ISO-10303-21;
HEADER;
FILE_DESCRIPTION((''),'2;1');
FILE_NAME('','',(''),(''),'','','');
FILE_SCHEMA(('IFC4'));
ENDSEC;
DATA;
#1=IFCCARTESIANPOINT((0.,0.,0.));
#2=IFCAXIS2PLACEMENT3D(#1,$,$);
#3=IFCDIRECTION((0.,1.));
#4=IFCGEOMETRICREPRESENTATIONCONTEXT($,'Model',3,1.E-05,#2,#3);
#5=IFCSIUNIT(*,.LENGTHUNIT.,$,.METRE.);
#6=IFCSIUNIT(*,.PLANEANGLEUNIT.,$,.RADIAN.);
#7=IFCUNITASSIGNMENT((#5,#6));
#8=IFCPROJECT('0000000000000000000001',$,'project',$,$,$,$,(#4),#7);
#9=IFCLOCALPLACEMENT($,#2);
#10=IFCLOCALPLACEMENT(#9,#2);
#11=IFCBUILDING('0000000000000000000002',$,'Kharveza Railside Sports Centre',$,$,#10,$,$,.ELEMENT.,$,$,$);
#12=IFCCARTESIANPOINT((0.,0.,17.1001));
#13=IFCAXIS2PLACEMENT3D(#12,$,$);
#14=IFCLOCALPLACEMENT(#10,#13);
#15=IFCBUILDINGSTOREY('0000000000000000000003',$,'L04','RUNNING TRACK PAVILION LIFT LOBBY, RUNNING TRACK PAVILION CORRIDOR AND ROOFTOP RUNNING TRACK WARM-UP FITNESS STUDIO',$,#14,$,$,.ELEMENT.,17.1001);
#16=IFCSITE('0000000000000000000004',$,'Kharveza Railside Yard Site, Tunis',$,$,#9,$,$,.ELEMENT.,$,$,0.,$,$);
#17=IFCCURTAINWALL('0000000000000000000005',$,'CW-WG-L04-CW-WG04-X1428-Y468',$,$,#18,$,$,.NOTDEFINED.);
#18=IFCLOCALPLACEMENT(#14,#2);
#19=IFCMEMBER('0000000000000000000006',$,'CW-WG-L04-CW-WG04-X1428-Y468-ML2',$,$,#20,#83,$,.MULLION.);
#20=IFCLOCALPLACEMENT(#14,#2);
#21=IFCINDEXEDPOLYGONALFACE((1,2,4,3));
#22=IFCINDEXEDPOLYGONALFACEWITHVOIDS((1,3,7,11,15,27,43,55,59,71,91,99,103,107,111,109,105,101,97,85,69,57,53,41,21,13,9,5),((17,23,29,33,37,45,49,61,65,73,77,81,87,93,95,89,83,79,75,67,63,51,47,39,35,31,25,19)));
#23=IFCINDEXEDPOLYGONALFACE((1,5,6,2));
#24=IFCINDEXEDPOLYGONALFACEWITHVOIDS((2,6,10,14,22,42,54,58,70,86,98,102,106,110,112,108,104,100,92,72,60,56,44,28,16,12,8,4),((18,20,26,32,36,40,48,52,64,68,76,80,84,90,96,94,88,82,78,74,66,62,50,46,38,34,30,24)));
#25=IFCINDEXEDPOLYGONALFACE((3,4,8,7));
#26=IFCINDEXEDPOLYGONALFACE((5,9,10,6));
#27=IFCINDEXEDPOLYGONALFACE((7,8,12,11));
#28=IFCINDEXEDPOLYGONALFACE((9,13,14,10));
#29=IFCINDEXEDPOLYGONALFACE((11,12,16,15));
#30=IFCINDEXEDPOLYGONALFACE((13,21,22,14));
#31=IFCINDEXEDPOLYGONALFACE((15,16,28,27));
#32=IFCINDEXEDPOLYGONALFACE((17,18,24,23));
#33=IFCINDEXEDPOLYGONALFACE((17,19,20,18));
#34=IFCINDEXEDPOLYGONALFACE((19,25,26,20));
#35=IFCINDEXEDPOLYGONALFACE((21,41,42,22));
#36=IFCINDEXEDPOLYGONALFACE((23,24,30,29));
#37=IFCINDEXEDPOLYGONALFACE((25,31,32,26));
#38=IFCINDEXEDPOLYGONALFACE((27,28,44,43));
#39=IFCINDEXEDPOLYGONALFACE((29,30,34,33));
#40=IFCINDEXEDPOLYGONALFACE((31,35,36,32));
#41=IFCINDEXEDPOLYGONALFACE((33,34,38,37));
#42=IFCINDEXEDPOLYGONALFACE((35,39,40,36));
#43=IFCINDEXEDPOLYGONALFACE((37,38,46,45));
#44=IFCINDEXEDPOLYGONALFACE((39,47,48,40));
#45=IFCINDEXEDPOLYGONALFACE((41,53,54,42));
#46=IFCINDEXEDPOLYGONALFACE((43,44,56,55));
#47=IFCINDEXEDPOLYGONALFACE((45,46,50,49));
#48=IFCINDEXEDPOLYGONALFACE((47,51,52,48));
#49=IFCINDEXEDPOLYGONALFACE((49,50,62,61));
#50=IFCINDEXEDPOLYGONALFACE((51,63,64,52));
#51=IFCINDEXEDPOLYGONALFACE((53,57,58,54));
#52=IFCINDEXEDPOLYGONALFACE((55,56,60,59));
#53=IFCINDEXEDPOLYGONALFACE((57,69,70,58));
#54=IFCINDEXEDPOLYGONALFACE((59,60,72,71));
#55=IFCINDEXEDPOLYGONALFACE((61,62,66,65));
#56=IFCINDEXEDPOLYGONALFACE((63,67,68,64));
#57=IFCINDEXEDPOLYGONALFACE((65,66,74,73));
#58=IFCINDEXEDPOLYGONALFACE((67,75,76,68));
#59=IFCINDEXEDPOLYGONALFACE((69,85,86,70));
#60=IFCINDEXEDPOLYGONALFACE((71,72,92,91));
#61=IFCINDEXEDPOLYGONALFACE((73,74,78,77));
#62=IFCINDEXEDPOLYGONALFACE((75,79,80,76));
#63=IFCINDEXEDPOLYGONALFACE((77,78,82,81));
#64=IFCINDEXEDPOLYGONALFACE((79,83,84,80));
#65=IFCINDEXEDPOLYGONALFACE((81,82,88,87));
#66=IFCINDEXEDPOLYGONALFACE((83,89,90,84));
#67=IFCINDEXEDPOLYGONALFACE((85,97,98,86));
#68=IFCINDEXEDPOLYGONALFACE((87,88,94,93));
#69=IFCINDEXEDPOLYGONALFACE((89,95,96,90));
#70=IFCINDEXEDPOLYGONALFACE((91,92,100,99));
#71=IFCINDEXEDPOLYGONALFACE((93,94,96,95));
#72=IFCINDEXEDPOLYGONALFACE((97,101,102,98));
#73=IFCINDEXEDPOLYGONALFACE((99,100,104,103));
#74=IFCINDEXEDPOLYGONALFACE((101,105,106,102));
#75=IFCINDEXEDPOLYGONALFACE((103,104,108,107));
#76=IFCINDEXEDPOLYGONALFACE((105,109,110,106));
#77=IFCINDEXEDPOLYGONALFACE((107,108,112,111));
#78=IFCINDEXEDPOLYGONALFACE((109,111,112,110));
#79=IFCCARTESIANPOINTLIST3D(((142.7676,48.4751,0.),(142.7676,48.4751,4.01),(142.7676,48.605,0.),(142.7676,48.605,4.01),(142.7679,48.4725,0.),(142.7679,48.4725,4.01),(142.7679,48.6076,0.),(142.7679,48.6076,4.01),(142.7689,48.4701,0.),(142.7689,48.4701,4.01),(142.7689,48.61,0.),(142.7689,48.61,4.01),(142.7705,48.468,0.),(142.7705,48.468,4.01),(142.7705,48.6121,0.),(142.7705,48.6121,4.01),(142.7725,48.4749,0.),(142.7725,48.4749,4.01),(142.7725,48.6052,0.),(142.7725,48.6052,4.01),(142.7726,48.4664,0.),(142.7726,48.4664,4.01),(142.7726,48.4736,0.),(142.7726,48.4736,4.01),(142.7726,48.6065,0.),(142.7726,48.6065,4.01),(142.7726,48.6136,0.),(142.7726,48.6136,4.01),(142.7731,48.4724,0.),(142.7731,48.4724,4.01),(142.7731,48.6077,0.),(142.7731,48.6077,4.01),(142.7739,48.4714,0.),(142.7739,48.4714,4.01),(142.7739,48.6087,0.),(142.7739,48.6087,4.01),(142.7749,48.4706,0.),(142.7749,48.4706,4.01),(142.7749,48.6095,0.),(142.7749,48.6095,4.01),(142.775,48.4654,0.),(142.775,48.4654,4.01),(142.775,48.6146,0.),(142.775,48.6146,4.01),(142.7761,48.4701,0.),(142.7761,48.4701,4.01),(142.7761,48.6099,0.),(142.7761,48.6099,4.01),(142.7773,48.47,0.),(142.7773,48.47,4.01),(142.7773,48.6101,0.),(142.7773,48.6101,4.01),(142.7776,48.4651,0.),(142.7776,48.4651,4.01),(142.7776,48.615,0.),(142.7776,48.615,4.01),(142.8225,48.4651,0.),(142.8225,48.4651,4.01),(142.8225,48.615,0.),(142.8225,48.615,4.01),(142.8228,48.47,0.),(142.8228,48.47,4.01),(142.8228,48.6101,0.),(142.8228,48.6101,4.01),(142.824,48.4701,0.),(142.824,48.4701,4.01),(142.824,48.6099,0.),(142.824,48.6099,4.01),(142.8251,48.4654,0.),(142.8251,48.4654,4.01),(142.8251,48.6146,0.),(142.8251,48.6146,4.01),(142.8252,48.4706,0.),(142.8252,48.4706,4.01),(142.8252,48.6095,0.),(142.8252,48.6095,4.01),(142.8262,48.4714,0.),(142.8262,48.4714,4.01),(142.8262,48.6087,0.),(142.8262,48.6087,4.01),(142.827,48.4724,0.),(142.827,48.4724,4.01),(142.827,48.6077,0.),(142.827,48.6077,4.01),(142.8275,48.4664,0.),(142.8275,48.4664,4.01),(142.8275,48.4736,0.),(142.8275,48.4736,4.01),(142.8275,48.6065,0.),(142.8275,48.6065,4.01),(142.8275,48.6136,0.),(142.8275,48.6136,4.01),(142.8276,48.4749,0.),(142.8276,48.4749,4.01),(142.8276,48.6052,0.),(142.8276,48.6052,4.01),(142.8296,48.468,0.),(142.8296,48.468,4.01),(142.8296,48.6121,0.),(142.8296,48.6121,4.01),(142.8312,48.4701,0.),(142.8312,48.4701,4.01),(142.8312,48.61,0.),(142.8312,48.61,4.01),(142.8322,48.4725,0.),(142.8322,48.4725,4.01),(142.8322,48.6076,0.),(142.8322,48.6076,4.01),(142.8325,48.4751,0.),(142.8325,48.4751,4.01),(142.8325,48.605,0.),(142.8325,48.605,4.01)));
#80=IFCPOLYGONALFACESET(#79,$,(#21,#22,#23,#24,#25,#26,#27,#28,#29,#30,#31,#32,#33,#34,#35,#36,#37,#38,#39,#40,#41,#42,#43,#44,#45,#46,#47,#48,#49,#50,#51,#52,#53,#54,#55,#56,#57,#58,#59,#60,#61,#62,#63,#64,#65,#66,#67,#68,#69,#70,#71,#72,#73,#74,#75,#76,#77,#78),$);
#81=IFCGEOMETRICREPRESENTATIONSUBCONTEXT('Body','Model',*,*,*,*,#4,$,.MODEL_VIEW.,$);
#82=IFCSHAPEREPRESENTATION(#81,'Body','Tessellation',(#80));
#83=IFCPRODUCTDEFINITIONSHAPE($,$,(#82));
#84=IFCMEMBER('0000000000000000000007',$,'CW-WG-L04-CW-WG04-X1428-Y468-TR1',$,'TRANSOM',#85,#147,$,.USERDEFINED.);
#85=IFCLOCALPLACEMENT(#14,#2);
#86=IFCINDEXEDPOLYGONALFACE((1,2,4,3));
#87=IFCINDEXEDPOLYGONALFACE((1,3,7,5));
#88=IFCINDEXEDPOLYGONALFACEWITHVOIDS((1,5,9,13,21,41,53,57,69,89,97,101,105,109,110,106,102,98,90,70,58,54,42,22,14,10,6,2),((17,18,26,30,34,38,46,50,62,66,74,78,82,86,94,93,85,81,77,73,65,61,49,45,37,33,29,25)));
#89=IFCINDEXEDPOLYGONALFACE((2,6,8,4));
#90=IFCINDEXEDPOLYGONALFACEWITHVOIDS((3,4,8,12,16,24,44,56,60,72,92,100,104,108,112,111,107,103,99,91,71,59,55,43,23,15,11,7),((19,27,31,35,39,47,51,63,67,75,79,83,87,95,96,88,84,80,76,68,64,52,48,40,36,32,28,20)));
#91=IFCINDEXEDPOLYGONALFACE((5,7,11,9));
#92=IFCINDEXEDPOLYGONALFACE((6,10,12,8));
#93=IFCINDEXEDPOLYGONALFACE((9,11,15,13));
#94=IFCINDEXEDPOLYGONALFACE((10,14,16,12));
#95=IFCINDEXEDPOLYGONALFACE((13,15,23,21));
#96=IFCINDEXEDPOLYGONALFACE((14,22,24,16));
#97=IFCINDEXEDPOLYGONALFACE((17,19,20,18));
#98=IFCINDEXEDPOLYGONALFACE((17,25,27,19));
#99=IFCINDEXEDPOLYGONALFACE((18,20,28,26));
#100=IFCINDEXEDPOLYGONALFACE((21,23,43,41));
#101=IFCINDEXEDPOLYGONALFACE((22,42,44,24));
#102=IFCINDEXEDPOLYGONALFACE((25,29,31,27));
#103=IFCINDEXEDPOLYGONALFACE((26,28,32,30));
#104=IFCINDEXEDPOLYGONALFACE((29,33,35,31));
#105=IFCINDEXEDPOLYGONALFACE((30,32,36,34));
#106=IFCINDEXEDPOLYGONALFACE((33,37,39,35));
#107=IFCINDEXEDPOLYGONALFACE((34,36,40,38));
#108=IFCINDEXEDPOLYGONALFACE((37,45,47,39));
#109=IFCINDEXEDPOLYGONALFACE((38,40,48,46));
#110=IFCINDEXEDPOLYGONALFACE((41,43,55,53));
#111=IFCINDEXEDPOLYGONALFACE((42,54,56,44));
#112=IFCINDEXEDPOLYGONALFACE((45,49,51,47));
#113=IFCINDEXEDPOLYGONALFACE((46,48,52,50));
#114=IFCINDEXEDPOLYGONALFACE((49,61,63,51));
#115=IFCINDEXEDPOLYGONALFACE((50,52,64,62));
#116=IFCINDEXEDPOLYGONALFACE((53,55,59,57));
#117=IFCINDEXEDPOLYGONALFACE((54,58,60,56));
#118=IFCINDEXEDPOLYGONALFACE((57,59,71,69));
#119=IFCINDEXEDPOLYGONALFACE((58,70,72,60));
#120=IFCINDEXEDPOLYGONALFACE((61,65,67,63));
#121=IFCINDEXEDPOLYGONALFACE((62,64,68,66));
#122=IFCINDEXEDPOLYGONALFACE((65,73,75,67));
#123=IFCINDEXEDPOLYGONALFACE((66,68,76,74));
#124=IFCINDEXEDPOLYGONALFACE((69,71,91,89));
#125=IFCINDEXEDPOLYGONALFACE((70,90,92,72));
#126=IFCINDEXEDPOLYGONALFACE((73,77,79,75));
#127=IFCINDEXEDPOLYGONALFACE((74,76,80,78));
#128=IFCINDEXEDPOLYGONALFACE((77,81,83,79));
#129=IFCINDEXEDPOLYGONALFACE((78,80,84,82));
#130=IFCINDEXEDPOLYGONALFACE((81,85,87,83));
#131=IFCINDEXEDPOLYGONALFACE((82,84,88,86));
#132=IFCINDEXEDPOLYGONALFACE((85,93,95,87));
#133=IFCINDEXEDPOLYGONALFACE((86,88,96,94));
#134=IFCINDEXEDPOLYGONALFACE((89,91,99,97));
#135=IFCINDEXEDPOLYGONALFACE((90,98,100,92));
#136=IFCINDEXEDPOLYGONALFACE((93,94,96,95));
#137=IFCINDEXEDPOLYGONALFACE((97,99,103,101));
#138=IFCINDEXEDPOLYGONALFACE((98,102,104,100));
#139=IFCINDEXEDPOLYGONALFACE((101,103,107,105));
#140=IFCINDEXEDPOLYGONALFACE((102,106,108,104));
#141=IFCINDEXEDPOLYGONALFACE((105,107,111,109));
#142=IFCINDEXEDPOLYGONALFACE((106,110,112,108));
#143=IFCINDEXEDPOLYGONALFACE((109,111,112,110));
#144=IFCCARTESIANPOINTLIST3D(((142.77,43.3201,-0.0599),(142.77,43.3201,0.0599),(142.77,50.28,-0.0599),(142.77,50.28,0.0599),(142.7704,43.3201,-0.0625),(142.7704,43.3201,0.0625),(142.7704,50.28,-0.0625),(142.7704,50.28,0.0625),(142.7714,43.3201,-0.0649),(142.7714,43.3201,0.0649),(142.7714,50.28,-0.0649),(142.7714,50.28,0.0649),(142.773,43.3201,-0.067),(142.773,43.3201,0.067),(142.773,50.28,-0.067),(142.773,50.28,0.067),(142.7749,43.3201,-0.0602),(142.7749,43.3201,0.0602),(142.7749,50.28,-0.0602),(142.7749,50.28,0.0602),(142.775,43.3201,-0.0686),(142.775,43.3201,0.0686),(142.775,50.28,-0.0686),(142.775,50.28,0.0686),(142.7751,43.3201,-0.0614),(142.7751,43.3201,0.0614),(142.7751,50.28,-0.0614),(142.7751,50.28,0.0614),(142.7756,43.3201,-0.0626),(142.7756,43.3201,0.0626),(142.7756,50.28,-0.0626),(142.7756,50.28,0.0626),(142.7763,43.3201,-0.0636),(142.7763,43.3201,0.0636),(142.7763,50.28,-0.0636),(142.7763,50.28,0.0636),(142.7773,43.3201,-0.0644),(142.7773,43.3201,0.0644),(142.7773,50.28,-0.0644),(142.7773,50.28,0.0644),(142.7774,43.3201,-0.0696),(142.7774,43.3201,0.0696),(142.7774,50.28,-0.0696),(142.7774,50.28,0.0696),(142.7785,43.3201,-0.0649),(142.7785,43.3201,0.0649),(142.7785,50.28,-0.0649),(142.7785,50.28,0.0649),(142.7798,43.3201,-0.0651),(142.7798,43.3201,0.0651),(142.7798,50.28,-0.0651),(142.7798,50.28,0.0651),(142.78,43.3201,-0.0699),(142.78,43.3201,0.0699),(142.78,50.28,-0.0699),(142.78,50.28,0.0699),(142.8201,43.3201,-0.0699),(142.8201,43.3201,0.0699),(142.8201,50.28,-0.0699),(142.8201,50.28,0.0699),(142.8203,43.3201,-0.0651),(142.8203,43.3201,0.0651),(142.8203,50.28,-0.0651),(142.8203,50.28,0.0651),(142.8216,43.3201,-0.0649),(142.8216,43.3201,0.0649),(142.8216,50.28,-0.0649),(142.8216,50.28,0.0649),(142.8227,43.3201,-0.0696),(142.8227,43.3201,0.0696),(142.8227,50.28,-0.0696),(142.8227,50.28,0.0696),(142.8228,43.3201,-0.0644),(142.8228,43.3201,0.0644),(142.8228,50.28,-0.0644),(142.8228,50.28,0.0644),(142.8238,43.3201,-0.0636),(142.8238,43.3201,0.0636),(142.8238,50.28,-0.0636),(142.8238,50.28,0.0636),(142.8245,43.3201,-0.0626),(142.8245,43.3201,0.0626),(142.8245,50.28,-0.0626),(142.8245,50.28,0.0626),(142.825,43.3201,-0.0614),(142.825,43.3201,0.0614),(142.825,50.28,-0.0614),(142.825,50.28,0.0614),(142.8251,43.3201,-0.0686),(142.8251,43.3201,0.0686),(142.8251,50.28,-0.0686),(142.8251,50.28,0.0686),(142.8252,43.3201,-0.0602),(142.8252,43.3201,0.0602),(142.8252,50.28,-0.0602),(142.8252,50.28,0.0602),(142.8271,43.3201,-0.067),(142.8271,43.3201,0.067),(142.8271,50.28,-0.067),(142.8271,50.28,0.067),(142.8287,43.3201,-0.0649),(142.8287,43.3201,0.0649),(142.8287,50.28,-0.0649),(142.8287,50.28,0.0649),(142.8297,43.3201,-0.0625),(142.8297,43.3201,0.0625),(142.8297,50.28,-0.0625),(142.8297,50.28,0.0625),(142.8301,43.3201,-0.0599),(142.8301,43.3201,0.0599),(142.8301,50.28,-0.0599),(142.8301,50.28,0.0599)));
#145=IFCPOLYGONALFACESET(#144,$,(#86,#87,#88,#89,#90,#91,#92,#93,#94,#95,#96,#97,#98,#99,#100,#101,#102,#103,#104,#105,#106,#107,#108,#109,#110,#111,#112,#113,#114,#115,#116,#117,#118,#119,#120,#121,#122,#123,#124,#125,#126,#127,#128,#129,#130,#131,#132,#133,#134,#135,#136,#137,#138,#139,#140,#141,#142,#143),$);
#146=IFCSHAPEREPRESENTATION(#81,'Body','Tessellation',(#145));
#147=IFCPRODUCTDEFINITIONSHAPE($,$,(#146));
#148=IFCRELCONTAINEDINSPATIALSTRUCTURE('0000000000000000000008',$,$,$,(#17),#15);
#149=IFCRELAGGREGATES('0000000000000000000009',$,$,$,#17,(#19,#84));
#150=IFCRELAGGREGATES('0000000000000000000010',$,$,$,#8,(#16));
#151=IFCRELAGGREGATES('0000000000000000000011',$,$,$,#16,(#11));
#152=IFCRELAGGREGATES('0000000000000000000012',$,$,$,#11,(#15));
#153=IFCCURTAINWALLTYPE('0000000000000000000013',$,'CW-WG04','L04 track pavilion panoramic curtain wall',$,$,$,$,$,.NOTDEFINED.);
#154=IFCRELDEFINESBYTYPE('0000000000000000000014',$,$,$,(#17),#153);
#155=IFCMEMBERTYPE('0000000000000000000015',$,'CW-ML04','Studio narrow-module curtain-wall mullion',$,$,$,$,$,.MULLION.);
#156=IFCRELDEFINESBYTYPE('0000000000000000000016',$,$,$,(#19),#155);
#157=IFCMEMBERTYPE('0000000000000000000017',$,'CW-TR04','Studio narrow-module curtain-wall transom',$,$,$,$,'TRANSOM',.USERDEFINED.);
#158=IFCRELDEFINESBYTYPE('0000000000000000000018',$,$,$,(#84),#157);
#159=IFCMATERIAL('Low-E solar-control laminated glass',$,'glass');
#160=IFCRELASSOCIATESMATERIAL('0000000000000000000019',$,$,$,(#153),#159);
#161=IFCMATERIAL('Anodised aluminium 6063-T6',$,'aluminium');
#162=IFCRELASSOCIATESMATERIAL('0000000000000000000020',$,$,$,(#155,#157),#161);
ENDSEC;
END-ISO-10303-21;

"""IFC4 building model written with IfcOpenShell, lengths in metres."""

from ifc_helpers import new_model, si_unit, direction, frame, origin, origin_2d, place, context, subcontext, project, spatial, hollow_rectangle, extrude, material, material_profile, profile_set, type_object, element, aggregate, save


model = new_model("IFC4")

# Units and contexts
model_context = context("Model", 3, precision=1e-05, world=origin(), true_north=direction((0.0, 1.0)))
body_context = subcontext(model_context, "Body", "Model", "MODEL_VIEW")
ifc_project = project(units=[si_unit("LENGTHUNIT", "METRE"), si_unit("PLANEANGLEUNIT", "RADIAN")], contexts=[model_context])

# Site, building, storey
site_placement = place(None, origin())
site = spatial("IfcSite", under=ifc_project, at=site_placement, Name="Kharveza Railside Yard Site, Tunis", CompositionType="ELEMENT", RefElevation=0.0)
building_placement = place(site_placement, origin())
building = spatial("IfcBuilding", under=site, at=building_placement, Name="Kharveza Railside Sports Centre", CompositionType="ELEMENT")
storey_placement = place(building_placement, frame((0.0, 0.0, 17.1001)))
storey = spatial("IfcBuildingStorey", under=building, at=storey_placement, Name="L04", Description="RUNNING TRACK PAVILION LIFT LOBBY, RUNNING TRACK PAVILION CORRIDOR AND ROOFTOP RUNNING TRACK WARM-UP FITNESS STUDIO", CompositionType="ELEMENT", Elevation=17.1001)

# Shared definitions
ifc_material_1 = material(Name="Low-E solar-control laminated glass", Category="glass")
curtain_wall_type = type_object("IfcCurtainWallType", Name="CW-WG04", Description="L04 track pavilion panoramic curtain wall", PredefinedType="NOTDEFINED", material=ifc_material_1)
ifc_material_2 = material(Name="Anodised aluminium 6063-T6", Category="aluminium")
ifc_material_profile_1 = material_profile(ifc_material_2, hollow_rectangle(XDim=0.0649, YDim=0.1499, WallThickness=0.0049, InnerFilletRadius=0.0049, OuterFilletRadius=0.01, at=origin_2d()), Name="RHS 65x150x5.0")
ifc_profile_set_1 = profile_set([ifc_material_profile_1], Name="Anodised aluminium 6063-T6")
member_type_1 = type_object("IfcMemberType", Name="CW-ML04", Description="Studio narrow-module curtain-wall mullion", PredefinedType="MULLION", material=ifc_profile_set_1)

# Curtain wall, members
curtain_wall_1_placement = place(storey_placement, origin())
curtain_wall_1 = element("IfcCurtainWall", 1, at=curtain_wall_1_placement, inside=storey, type_object=curtain_wall_type, Name="CW-WG-L04-CW-WG04-X1428-Y468", PredefinedType="NOTDEFINED")
member_1_placement = place(storey_placement, frame((142.8, 48.54, 0.0), z_axis=(0.0, 0.0, 1.0), x_axis=(1.0, 0.0, 0.0)))
member_1 = element("IfcMember", 2, at=member_1_placement, type_object=member_type_1, Name="CW-WG-L04-CW-WG04-X1428-Y468-ML2", PredefinedType="MULLION", context=body_context, shape_type="SweptSolid", body=[
    extrude(hollow_rectangle(XDim=0.0649, YDim=0.1499, WallThickness=0.0049, InnerFilletRadius=0.0049, OuterFilletRadius=0.01, at=origin_2d()), origin(), (0.0, 0.0, 1.0), 4.01),
])
ifc_material_profile_2 = material_profile(ifc_material_2, hollow_rectangle(XDim=0.0601, YDim=0.1399, WallThickness=0.0049, InnerFilletRadius=0.0049, OuterFilletRadius=0.01, at=origin_2d()), Name="RHS 60x140x5.0")
ifc_profile_set_2 = profile_set([ifc_material_profile_2], Name="Anodised aluminium 6063-T6")
member_type_2 = type_object("IfcMemberType", Name="CW-TR04", Description="Studio narrow-module curtain-wall transom", ElementType="TRANSOM", PredefinedType="USERDEFINED", material=ifc_profile_set_2)
member_2_placement = place(storey_placement, frame((142.8, 50.28, 0.0), z_axis=(0.0, -1.0, 0.0), x_axis=(1.0, 0.0, 0.0)))
member_2 = element("IfcMember", 3, at=member_2_placement, type_object=member_type_2, Name="CW-WG-L04-CW-WG04-X1428-Y468-TR1", ObjectType="TRANSOM", PredefinedType="USERDEFINED", context=body_context, shape_type="SweptSolid", body=[
    extrude(hollow_rectangle(XDim=0.0601, YDim=0.1399, WallThickness=0.0049, InnerFilletRadius=0.0049, OuterFilletRadius=0.01, at=origin_2d()), origin(), (0.0, 0.0, 1.0), 6.96),
])

aggregate(curtain_wall_1, [member_1, member_2])

save(model, "model.ifc")
